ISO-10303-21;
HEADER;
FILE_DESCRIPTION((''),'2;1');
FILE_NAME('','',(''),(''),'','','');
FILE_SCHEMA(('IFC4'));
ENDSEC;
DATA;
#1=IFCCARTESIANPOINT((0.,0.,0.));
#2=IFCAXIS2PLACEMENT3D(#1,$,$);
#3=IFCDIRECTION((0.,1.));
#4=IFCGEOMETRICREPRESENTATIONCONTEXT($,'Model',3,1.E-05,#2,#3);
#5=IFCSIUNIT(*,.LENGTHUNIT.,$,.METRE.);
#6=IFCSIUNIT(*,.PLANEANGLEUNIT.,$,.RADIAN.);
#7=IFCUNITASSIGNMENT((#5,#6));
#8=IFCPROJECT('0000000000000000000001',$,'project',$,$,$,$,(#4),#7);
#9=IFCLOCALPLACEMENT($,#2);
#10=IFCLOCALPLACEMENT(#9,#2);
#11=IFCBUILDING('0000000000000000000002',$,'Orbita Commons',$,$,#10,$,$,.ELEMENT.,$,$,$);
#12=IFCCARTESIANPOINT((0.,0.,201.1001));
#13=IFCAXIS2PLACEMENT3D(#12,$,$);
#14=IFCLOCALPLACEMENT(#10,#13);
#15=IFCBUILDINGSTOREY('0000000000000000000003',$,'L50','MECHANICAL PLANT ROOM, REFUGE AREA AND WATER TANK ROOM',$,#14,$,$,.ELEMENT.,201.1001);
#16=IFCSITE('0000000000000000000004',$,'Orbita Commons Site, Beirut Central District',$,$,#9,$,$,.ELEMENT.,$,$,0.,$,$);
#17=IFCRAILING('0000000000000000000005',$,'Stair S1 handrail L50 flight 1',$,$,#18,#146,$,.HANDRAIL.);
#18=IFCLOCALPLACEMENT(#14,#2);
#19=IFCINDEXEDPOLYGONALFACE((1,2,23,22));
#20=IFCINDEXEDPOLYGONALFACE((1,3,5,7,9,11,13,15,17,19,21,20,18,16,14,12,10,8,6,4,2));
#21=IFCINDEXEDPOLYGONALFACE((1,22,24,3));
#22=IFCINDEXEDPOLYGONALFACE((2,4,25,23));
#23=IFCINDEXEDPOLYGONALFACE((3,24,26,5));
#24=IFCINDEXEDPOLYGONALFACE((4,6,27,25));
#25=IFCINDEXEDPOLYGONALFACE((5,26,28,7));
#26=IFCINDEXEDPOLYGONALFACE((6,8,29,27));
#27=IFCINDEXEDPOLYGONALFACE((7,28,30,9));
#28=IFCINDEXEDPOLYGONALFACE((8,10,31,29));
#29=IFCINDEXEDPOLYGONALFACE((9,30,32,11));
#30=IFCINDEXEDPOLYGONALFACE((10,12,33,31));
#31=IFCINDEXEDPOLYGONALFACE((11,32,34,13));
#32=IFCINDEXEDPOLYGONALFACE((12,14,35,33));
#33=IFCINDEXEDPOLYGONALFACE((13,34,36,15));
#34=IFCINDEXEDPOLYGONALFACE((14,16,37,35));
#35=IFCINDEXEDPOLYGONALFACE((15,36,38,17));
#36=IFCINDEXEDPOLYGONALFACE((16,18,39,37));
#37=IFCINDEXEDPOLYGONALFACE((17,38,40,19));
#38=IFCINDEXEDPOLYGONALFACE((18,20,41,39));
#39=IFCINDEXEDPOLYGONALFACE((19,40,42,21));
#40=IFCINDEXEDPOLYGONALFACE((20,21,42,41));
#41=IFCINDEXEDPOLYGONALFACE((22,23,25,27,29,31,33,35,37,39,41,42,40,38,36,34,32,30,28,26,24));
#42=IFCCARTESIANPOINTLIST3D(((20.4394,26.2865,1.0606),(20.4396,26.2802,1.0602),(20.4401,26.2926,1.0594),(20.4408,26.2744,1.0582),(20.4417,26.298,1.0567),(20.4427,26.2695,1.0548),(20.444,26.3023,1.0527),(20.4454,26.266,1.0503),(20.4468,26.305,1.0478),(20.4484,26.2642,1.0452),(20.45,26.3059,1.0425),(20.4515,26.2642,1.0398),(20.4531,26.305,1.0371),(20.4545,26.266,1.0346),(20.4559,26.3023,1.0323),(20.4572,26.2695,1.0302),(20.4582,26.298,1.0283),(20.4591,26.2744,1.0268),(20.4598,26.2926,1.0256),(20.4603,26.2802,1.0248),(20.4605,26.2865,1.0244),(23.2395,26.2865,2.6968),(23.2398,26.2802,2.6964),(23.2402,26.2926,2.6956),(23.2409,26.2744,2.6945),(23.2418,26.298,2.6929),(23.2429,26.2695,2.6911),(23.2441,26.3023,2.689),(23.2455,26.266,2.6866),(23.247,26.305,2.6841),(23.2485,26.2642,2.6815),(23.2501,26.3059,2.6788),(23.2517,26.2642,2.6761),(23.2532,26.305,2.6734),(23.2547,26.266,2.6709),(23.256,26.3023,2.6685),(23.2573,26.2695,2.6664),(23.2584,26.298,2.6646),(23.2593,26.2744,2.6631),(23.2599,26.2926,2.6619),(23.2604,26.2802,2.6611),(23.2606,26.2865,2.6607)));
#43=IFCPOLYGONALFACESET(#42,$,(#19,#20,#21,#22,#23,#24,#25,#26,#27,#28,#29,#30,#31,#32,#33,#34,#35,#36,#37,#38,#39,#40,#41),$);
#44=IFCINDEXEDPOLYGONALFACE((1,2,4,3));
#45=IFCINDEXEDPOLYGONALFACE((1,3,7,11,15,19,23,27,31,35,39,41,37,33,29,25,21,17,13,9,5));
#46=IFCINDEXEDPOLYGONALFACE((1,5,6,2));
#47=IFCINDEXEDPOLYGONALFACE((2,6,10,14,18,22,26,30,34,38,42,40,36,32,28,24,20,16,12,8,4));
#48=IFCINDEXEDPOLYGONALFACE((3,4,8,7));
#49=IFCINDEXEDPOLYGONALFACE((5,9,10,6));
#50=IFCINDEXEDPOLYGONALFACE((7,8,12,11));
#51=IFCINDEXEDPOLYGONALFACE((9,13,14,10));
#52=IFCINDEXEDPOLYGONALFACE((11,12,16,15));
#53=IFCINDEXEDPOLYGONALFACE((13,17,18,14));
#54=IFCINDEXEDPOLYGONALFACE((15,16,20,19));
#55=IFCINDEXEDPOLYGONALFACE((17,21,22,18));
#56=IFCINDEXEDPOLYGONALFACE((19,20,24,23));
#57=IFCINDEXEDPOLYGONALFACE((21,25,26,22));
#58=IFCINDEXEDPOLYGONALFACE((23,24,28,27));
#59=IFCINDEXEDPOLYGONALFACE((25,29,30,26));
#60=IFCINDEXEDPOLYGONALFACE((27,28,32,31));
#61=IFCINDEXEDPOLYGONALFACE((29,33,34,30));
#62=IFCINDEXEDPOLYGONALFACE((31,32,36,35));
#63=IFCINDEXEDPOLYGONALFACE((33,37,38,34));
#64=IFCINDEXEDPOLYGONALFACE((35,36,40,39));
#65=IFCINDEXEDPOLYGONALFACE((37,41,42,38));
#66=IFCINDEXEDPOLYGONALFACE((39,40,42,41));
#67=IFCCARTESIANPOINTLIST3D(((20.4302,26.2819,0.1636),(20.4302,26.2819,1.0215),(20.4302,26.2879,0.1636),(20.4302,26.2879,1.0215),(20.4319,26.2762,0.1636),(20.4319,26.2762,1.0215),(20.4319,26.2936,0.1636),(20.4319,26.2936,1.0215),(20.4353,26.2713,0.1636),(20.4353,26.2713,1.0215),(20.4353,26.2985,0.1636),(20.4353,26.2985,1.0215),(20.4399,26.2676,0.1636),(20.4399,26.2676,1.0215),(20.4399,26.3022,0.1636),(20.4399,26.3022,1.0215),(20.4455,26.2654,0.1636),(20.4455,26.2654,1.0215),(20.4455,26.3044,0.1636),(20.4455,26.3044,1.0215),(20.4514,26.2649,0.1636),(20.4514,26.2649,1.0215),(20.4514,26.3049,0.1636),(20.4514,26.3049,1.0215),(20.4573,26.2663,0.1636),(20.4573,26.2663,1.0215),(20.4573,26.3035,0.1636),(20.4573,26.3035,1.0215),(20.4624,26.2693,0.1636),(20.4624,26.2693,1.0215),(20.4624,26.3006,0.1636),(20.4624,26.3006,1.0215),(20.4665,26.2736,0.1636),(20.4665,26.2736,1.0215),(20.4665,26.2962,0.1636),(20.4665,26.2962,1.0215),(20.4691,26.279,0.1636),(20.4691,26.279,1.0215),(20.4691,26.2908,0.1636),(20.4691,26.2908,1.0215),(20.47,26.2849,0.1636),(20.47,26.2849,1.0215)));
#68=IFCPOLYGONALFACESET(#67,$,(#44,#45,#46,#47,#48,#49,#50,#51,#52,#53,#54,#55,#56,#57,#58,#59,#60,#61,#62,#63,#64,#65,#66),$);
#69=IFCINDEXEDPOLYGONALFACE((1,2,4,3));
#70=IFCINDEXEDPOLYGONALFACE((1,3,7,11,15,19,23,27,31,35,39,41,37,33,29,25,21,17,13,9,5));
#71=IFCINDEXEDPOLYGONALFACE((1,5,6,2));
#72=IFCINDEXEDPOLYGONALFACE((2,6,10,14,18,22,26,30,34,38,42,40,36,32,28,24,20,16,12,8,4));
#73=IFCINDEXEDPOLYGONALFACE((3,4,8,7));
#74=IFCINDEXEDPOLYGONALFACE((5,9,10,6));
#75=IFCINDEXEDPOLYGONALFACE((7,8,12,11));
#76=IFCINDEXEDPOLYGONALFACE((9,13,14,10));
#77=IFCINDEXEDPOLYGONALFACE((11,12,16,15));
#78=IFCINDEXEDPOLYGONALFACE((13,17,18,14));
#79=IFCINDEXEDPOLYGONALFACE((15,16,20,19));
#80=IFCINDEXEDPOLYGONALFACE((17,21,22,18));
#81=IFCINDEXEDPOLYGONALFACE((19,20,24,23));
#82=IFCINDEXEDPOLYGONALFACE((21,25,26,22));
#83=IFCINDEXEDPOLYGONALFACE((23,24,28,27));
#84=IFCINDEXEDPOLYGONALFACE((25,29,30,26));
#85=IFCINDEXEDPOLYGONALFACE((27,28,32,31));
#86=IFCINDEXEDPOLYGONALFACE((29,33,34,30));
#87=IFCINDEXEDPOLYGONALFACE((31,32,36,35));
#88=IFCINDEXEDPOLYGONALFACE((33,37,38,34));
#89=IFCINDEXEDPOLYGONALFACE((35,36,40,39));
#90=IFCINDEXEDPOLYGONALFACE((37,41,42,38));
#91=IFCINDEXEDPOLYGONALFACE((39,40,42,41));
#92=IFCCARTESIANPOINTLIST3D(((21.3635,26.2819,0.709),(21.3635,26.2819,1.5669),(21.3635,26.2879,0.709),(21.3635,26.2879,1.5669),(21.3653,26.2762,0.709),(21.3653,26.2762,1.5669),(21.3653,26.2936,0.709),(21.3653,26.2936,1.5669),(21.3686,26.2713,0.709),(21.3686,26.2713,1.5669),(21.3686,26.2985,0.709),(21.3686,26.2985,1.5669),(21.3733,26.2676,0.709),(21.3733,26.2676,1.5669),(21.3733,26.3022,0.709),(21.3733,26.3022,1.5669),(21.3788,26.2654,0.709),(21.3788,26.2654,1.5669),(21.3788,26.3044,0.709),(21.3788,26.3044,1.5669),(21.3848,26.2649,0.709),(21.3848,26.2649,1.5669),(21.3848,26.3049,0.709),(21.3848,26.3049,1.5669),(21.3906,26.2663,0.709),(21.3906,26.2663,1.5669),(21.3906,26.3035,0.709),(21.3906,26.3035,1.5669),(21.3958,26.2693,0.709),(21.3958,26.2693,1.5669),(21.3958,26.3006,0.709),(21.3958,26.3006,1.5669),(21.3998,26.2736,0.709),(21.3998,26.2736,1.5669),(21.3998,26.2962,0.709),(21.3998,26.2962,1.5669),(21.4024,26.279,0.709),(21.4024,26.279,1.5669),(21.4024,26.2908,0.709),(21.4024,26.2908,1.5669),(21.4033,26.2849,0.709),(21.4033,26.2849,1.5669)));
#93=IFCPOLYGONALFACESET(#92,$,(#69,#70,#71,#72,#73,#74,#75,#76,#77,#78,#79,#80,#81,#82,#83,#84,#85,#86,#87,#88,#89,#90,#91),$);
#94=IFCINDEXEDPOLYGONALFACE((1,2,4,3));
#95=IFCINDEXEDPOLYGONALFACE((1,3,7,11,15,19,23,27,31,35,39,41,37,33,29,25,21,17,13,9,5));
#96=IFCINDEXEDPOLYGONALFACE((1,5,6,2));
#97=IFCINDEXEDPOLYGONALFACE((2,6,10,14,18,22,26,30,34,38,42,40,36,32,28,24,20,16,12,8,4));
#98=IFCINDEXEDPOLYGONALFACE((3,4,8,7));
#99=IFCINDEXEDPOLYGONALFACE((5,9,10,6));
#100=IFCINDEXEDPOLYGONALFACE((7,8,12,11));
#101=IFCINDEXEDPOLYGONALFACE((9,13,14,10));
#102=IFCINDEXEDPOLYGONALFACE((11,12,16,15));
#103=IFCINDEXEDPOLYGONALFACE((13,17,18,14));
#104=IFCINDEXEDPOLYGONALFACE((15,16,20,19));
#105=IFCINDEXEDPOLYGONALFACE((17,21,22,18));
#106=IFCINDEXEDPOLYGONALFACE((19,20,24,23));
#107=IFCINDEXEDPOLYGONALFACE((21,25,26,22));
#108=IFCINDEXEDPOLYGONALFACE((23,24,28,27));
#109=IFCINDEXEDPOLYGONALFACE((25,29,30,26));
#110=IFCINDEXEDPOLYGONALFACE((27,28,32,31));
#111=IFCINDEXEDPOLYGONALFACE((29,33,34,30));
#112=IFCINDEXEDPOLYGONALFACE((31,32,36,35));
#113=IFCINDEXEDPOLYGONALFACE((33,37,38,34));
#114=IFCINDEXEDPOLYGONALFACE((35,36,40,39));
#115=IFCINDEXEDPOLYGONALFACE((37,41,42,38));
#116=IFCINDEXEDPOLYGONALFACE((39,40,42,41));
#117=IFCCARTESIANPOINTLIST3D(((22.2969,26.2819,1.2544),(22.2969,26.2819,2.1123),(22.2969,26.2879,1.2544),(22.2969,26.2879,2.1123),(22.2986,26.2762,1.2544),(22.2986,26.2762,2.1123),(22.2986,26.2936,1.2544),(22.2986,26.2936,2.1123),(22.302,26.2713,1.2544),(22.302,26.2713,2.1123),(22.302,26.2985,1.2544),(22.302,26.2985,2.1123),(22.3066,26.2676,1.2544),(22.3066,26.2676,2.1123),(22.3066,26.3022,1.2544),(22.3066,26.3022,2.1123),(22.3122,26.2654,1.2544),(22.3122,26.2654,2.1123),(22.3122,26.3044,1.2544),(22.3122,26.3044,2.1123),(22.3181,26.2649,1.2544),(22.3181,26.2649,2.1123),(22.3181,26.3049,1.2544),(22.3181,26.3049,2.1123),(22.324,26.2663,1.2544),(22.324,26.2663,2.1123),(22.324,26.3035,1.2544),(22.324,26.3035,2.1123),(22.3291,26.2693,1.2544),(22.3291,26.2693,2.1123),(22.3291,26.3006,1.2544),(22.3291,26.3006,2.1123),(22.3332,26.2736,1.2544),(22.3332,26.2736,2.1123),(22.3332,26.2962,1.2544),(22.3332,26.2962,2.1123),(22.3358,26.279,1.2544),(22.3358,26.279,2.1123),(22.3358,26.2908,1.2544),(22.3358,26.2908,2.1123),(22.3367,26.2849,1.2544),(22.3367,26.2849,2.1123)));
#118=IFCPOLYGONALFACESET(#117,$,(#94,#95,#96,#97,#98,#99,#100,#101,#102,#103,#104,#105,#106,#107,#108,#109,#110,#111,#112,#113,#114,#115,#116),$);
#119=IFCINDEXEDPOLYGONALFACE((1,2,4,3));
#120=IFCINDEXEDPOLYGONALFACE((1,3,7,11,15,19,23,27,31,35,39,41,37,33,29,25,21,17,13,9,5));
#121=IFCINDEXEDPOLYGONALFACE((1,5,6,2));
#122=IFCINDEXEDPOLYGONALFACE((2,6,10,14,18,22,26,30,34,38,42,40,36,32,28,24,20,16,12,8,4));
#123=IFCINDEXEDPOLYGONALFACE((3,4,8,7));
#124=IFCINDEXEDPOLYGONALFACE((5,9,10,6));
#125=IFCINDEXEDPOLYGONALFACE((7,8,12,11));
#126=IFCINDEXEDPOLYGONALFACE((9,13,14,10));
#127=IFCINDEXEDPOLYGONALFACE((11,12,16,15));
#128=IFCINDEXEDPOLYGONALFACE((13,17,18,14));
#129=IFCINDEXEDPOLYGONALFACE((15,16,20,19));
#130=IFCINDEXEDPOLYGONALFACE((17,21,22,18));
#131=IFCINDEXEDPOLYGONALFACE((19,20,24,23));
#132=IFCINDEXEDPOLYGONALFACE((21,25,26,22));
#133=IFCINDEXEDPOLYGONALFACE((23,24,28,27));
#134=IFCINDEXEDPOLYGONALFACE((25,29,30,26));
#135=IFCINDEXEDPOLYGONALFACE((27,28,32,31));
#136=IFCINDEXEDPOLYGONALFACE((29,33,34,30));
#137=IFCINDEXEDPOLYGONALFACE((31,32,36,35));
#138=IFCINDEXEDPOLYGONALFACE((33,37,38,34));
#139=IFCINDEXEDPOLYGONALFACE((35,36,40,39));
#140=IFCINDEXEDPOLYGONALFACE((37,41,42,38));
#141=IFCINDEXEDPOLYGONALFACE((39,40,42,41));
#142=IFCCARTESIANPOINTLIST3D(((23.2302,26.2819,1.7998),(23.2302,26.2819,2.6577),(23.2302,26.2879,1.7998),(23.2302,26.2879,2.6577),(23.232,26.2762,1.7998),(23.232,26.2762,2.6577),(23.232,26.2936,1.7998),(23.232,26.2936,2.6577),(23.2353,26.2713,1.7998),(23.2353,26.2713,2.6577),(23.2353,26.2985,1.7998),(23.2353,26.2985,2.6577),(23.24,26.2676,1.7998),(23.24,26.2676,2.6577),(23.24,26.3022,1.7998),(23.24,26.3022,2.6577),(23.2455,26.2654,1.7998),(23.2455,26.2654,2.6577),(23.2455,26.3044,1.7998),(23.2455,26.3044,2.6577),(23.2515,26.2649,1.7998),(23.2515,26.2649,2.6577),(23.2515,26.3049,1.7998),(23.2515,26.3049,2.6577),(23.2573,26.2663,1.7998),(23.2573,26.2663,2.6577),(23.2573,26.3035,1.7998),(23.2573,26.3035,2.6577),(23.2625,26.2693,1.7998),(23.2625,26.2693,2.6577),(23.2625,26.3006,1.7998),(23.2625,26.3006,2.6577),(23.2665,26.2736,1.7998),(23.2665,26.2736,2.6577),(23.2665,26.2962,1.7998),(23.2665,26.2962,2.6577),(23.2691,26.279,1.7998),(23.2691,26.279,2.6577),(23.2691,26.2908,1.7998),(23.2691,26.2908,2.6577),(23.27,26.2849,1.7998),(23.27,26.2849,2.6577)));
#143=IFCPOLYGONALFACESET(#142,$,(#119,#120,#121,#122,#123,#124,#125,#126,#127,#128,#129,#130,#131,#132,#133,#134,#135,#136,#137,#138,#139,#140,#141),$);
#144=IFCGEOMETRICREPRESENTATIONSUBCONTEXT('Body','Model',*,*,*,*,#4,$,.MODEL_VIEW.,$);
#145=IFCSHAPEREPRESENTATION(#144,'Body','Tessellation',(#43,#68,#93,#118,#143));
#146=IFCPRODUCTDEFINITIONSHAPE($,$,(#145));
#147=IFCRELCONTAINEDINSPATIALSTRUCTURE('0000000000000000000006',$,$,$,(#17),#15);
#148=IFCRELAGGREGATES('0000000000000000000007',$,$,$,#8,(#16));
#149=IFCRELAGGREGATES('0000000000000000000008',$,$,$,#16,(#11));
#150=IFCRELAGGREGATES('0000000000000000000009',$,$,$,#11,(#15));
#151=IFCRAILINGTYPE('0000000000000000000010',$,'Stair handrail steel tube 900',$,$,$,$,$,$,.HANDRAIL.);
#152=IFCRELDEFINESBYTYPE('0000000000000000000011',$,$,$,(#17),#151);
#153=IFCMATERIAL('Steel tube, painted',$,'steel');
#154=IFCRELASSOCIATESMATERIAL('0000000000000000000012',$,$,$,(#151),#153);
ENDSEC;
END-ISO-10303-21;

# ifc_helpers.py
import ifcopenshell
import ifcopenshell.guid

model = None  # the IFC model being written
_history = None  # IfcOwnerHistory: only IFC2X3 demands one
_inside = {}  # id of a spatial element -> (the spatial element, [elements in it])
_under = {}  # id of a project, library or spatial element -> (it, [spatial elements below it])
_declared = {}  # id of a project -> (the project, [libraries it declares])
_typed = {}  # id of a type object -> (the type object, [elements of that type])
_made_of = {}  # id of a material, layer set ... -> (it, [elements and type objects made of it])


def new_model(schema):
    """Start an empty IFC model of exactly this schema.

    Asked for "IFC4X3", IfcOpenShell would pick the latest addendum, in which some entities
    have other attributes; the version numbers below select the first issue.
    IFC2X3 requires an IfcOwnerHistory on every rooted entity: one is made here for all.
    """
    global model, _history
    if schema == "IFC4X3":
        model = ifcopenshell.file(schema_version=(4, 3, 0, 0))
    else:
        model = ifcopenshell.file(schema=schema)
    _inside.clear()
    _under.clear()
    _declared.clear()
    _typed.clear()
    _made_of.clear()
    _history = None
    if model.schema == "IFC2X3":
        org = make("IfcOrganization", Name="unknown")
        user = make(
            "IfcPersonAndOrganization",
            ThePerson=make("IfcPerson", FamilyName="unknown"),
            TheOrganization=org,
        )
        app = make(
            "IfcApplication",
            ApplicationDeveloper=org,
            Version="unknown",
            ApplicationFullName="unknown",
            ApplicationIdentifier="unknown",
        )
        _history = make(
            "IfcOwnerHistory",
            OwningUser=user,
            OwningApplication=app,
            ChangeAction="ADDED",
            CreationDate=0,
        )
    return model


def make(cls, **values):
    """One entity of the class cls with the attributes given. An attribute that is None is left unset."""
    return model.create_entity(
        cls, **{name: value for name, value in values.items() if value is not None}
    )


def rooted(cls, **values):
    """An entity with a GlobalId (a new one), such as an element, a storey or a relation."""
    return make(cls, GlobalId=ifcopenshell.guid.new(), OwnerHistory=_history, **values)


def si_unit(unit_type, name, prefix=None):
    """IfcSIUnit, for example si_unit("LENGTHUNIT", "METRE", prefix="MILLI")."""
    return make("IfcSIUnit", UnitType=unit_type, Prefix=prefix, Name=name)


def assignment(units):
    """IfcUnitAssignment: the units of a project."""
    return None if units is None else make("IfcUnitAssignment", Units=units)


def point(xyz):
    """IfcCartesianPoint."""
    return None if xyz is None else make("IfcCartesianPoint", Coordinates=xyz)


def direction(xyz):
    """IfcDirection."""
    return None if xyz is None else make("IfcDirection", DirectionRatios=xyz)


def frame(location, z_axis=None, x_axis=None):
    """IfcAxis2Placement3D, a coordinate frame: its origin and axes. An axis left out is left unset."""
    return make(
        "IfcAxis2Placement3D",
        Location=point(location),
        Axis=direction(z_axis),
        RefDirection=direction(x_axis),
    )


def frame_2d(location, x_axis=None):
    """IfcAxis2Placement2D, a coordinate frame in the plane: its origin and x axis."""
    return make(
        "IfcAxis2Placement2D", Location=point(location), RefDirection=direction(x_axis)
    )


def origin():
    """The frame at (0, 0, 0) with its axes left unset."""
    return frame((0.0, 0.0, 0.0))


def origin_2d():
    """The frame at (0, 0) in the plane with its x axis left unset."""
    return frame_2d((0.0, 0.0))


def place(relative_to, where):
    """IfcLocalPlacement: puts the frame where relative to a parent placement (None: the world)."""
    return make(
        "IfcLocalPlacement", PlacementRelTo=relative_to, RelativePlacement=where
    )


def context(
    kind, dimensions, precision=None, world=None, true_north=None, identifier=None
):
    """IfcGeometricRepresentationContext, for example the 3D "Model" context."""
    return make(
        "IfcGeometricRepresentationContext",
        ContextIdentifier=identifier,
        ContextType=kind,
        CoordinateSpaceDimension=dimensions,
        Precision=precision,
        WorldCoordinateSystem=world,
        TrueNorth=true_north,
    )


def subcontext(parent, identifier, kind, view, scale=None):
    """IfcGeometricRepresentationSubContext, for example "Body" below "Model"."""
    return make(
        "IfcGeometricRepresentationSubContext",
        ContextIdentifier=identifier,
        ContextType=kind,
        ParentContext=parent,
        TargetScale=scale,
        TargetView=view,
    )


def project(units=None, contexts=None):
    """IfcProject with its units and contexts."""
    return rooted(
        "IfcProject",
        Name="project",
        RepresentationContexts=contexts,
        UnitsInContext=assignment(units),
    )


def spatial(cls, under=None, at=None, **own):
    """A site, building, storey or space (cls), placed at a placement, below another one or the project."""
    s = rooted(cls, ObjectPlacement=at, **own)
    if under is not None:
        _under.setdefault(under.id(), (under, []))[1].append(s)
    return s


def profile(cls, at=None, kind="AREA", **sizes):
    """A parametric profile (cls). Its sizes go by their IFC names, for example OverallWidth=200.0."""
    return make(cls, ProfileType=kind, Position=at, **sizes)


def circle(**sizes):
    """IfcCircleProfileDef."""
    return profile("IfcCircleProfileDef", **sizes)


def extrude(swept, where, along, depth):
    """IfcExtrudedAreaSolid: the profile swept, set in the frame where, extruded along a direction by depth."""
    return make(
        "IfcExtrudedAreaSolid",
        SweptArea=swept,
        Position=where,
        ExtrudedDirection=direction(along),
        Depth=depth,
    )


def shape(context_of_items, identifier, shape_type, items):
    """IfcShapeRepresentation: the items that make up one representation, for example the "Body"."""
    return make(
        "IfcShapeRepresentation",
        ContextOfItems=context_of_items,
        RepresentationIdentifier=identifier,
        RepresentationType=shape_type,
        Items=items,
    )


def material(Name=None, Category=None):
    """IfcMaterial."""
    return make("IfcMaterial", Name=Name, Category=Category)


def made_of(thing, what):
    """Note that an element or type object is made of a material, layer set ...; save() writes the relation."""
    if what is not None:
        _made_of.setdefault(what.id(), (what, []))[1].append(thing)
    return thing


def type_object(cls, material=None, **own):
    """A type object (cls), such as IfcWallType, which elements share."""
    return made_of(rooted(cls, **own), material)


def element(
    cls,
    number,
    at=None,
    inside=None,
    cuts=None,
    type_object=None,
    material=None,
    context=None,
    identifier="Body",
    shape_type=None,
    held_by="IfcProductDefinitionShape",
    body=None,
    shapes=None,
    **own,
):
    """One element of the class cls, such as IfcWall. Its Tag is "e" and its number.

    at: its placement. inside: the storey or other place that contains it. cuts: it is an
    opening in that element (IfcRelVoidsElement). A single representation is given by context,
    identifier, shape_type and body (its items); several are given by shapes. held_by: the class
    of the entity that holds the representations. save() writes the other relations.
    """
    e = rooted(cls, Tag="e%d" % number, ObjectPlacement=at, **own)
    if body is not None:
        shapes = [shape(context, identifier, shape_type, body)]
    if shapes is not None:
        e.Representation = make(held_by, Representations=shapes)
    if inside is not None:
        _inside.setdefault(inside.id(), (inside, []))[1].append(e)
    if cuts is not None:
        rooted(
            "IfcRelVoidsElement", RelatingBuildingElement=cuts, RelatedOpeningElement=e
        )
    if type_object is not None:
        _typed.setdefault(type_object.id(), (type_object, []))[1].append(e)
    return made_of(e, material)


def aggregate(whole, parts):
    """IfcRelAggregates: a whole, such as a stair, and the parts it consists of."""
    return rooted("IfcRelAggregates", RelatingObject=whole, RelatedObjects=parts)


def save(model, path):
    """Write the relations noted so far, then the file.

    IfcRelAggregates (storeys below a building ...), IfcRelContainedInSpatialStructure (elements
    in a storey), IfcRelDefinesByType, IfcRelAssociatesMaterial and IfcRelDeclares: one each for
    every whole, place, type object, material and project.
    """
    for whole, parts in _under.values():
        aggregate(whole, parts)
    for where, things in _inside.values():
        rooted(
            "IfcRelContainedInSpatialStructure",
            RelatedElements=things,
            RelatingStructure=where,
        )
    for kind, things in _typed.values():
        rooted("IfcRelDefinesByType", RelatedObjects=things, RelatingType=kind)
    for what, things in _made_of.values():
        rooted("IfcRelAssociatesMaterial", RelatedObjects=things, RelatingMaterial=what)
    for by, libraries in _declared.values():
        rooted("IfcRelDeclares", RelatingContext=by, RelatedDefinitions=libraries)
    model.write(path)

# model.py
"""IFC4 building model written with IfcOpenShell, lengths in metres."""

from ifc_helpers import new_model, si_unit, direction, frame, origin, origin_2d, place, context, subcontext, project, spatial, circle, extrude, material, type_object, element, save


model = new_model("IFC4")

# Units and contexts
model_context = context("Model", 3, precision=1e-05, world=origin(), true_north=direction((0.0, 1.0)))
body_context = subcontext(model_context, "Body", "Model", "MODEL_VIEW")
ifc_project = project(units=[si_unit("LENGTHUNIT", "METRE"), si_unit("PLANEANGLEUNIT", "RADIAN")], contexts=[model_context])

# Site, building, storey
site_placement = place(None, origin())
site = spatial("IfcSite", under=ifc_project, at=site_placement, Name="Orbita Commons Site, Beirut Central District", CompositionType="ELEMENT", RefElevation=0.0)
building_placement = place(site_placement, origin())
building = spatial("IfcBuilding", under=site, at=building_placement, Name="Orbita Commons", CompositionType="ELEMENT")
storey_placement = place(building_placement, frame((0.0, 0.0, 201.1001)))
storey = spatial("IfcBuildingStorey", under=building, at=storey_placement, Name="L50", Description="MECHANICAL PLANT ROOM, REFUGE AREA AND WATER TANK ROOM", CompositionType="ELEMENT", Elevation=201.1001)

# Railing
ifc_material_1 = material(Name="Steel tube, painted", Category="steel")
railing_type = type_object("IfcRailingType", Name="Stair handrail steel tube 900", PredefinedType="HANDRAIL", material=ifc_material_1)
railing_placement = place(storey_placement, frame((20.45, 26.2849, 0.1636)))
element("IfcRailing", 1, at=railing_placement, inside=storey, type_object=railing_type, Name="Stair S1 handrail L50 flight 1", PredefinedType="HANDRAIL", context=body_context, shape_type="SweptSolid", body=[
    extrude(circle(Radius=0.021, at=origin_2d()), frame((0.0, 0.0, 0.8789), z_axis=(0.863394, 0.0, 0.504531), x_axis=(0.0, 1.0, 0.0)), (0.0, 0.0, 1.0), 3.2432),
    extrude(circle(Radius=0.02, at=origin_2d()), origin(), (0.0, 0.0, 1.0), 0.8579),
    extrude(circle(Radius=0.02, at=origin_2d()), frame((0.9333, 0.0, 0.5454)), (0.0, 0.0, 1.0), 0.8579),
    extrude(circle(Radius=0.02, at=origin_2d()), frame((1.8667, 0.0, 1.0908)), (0.0, 0.0, 1.0), 0.8579),
    extrude(circle(Radius=0.02, at=origin_2d()), frame((2.8, 0.0, 1.6362)), (0.0, 0.0, 1.0), 0.8579),
])

save(model, "model.ifc")
